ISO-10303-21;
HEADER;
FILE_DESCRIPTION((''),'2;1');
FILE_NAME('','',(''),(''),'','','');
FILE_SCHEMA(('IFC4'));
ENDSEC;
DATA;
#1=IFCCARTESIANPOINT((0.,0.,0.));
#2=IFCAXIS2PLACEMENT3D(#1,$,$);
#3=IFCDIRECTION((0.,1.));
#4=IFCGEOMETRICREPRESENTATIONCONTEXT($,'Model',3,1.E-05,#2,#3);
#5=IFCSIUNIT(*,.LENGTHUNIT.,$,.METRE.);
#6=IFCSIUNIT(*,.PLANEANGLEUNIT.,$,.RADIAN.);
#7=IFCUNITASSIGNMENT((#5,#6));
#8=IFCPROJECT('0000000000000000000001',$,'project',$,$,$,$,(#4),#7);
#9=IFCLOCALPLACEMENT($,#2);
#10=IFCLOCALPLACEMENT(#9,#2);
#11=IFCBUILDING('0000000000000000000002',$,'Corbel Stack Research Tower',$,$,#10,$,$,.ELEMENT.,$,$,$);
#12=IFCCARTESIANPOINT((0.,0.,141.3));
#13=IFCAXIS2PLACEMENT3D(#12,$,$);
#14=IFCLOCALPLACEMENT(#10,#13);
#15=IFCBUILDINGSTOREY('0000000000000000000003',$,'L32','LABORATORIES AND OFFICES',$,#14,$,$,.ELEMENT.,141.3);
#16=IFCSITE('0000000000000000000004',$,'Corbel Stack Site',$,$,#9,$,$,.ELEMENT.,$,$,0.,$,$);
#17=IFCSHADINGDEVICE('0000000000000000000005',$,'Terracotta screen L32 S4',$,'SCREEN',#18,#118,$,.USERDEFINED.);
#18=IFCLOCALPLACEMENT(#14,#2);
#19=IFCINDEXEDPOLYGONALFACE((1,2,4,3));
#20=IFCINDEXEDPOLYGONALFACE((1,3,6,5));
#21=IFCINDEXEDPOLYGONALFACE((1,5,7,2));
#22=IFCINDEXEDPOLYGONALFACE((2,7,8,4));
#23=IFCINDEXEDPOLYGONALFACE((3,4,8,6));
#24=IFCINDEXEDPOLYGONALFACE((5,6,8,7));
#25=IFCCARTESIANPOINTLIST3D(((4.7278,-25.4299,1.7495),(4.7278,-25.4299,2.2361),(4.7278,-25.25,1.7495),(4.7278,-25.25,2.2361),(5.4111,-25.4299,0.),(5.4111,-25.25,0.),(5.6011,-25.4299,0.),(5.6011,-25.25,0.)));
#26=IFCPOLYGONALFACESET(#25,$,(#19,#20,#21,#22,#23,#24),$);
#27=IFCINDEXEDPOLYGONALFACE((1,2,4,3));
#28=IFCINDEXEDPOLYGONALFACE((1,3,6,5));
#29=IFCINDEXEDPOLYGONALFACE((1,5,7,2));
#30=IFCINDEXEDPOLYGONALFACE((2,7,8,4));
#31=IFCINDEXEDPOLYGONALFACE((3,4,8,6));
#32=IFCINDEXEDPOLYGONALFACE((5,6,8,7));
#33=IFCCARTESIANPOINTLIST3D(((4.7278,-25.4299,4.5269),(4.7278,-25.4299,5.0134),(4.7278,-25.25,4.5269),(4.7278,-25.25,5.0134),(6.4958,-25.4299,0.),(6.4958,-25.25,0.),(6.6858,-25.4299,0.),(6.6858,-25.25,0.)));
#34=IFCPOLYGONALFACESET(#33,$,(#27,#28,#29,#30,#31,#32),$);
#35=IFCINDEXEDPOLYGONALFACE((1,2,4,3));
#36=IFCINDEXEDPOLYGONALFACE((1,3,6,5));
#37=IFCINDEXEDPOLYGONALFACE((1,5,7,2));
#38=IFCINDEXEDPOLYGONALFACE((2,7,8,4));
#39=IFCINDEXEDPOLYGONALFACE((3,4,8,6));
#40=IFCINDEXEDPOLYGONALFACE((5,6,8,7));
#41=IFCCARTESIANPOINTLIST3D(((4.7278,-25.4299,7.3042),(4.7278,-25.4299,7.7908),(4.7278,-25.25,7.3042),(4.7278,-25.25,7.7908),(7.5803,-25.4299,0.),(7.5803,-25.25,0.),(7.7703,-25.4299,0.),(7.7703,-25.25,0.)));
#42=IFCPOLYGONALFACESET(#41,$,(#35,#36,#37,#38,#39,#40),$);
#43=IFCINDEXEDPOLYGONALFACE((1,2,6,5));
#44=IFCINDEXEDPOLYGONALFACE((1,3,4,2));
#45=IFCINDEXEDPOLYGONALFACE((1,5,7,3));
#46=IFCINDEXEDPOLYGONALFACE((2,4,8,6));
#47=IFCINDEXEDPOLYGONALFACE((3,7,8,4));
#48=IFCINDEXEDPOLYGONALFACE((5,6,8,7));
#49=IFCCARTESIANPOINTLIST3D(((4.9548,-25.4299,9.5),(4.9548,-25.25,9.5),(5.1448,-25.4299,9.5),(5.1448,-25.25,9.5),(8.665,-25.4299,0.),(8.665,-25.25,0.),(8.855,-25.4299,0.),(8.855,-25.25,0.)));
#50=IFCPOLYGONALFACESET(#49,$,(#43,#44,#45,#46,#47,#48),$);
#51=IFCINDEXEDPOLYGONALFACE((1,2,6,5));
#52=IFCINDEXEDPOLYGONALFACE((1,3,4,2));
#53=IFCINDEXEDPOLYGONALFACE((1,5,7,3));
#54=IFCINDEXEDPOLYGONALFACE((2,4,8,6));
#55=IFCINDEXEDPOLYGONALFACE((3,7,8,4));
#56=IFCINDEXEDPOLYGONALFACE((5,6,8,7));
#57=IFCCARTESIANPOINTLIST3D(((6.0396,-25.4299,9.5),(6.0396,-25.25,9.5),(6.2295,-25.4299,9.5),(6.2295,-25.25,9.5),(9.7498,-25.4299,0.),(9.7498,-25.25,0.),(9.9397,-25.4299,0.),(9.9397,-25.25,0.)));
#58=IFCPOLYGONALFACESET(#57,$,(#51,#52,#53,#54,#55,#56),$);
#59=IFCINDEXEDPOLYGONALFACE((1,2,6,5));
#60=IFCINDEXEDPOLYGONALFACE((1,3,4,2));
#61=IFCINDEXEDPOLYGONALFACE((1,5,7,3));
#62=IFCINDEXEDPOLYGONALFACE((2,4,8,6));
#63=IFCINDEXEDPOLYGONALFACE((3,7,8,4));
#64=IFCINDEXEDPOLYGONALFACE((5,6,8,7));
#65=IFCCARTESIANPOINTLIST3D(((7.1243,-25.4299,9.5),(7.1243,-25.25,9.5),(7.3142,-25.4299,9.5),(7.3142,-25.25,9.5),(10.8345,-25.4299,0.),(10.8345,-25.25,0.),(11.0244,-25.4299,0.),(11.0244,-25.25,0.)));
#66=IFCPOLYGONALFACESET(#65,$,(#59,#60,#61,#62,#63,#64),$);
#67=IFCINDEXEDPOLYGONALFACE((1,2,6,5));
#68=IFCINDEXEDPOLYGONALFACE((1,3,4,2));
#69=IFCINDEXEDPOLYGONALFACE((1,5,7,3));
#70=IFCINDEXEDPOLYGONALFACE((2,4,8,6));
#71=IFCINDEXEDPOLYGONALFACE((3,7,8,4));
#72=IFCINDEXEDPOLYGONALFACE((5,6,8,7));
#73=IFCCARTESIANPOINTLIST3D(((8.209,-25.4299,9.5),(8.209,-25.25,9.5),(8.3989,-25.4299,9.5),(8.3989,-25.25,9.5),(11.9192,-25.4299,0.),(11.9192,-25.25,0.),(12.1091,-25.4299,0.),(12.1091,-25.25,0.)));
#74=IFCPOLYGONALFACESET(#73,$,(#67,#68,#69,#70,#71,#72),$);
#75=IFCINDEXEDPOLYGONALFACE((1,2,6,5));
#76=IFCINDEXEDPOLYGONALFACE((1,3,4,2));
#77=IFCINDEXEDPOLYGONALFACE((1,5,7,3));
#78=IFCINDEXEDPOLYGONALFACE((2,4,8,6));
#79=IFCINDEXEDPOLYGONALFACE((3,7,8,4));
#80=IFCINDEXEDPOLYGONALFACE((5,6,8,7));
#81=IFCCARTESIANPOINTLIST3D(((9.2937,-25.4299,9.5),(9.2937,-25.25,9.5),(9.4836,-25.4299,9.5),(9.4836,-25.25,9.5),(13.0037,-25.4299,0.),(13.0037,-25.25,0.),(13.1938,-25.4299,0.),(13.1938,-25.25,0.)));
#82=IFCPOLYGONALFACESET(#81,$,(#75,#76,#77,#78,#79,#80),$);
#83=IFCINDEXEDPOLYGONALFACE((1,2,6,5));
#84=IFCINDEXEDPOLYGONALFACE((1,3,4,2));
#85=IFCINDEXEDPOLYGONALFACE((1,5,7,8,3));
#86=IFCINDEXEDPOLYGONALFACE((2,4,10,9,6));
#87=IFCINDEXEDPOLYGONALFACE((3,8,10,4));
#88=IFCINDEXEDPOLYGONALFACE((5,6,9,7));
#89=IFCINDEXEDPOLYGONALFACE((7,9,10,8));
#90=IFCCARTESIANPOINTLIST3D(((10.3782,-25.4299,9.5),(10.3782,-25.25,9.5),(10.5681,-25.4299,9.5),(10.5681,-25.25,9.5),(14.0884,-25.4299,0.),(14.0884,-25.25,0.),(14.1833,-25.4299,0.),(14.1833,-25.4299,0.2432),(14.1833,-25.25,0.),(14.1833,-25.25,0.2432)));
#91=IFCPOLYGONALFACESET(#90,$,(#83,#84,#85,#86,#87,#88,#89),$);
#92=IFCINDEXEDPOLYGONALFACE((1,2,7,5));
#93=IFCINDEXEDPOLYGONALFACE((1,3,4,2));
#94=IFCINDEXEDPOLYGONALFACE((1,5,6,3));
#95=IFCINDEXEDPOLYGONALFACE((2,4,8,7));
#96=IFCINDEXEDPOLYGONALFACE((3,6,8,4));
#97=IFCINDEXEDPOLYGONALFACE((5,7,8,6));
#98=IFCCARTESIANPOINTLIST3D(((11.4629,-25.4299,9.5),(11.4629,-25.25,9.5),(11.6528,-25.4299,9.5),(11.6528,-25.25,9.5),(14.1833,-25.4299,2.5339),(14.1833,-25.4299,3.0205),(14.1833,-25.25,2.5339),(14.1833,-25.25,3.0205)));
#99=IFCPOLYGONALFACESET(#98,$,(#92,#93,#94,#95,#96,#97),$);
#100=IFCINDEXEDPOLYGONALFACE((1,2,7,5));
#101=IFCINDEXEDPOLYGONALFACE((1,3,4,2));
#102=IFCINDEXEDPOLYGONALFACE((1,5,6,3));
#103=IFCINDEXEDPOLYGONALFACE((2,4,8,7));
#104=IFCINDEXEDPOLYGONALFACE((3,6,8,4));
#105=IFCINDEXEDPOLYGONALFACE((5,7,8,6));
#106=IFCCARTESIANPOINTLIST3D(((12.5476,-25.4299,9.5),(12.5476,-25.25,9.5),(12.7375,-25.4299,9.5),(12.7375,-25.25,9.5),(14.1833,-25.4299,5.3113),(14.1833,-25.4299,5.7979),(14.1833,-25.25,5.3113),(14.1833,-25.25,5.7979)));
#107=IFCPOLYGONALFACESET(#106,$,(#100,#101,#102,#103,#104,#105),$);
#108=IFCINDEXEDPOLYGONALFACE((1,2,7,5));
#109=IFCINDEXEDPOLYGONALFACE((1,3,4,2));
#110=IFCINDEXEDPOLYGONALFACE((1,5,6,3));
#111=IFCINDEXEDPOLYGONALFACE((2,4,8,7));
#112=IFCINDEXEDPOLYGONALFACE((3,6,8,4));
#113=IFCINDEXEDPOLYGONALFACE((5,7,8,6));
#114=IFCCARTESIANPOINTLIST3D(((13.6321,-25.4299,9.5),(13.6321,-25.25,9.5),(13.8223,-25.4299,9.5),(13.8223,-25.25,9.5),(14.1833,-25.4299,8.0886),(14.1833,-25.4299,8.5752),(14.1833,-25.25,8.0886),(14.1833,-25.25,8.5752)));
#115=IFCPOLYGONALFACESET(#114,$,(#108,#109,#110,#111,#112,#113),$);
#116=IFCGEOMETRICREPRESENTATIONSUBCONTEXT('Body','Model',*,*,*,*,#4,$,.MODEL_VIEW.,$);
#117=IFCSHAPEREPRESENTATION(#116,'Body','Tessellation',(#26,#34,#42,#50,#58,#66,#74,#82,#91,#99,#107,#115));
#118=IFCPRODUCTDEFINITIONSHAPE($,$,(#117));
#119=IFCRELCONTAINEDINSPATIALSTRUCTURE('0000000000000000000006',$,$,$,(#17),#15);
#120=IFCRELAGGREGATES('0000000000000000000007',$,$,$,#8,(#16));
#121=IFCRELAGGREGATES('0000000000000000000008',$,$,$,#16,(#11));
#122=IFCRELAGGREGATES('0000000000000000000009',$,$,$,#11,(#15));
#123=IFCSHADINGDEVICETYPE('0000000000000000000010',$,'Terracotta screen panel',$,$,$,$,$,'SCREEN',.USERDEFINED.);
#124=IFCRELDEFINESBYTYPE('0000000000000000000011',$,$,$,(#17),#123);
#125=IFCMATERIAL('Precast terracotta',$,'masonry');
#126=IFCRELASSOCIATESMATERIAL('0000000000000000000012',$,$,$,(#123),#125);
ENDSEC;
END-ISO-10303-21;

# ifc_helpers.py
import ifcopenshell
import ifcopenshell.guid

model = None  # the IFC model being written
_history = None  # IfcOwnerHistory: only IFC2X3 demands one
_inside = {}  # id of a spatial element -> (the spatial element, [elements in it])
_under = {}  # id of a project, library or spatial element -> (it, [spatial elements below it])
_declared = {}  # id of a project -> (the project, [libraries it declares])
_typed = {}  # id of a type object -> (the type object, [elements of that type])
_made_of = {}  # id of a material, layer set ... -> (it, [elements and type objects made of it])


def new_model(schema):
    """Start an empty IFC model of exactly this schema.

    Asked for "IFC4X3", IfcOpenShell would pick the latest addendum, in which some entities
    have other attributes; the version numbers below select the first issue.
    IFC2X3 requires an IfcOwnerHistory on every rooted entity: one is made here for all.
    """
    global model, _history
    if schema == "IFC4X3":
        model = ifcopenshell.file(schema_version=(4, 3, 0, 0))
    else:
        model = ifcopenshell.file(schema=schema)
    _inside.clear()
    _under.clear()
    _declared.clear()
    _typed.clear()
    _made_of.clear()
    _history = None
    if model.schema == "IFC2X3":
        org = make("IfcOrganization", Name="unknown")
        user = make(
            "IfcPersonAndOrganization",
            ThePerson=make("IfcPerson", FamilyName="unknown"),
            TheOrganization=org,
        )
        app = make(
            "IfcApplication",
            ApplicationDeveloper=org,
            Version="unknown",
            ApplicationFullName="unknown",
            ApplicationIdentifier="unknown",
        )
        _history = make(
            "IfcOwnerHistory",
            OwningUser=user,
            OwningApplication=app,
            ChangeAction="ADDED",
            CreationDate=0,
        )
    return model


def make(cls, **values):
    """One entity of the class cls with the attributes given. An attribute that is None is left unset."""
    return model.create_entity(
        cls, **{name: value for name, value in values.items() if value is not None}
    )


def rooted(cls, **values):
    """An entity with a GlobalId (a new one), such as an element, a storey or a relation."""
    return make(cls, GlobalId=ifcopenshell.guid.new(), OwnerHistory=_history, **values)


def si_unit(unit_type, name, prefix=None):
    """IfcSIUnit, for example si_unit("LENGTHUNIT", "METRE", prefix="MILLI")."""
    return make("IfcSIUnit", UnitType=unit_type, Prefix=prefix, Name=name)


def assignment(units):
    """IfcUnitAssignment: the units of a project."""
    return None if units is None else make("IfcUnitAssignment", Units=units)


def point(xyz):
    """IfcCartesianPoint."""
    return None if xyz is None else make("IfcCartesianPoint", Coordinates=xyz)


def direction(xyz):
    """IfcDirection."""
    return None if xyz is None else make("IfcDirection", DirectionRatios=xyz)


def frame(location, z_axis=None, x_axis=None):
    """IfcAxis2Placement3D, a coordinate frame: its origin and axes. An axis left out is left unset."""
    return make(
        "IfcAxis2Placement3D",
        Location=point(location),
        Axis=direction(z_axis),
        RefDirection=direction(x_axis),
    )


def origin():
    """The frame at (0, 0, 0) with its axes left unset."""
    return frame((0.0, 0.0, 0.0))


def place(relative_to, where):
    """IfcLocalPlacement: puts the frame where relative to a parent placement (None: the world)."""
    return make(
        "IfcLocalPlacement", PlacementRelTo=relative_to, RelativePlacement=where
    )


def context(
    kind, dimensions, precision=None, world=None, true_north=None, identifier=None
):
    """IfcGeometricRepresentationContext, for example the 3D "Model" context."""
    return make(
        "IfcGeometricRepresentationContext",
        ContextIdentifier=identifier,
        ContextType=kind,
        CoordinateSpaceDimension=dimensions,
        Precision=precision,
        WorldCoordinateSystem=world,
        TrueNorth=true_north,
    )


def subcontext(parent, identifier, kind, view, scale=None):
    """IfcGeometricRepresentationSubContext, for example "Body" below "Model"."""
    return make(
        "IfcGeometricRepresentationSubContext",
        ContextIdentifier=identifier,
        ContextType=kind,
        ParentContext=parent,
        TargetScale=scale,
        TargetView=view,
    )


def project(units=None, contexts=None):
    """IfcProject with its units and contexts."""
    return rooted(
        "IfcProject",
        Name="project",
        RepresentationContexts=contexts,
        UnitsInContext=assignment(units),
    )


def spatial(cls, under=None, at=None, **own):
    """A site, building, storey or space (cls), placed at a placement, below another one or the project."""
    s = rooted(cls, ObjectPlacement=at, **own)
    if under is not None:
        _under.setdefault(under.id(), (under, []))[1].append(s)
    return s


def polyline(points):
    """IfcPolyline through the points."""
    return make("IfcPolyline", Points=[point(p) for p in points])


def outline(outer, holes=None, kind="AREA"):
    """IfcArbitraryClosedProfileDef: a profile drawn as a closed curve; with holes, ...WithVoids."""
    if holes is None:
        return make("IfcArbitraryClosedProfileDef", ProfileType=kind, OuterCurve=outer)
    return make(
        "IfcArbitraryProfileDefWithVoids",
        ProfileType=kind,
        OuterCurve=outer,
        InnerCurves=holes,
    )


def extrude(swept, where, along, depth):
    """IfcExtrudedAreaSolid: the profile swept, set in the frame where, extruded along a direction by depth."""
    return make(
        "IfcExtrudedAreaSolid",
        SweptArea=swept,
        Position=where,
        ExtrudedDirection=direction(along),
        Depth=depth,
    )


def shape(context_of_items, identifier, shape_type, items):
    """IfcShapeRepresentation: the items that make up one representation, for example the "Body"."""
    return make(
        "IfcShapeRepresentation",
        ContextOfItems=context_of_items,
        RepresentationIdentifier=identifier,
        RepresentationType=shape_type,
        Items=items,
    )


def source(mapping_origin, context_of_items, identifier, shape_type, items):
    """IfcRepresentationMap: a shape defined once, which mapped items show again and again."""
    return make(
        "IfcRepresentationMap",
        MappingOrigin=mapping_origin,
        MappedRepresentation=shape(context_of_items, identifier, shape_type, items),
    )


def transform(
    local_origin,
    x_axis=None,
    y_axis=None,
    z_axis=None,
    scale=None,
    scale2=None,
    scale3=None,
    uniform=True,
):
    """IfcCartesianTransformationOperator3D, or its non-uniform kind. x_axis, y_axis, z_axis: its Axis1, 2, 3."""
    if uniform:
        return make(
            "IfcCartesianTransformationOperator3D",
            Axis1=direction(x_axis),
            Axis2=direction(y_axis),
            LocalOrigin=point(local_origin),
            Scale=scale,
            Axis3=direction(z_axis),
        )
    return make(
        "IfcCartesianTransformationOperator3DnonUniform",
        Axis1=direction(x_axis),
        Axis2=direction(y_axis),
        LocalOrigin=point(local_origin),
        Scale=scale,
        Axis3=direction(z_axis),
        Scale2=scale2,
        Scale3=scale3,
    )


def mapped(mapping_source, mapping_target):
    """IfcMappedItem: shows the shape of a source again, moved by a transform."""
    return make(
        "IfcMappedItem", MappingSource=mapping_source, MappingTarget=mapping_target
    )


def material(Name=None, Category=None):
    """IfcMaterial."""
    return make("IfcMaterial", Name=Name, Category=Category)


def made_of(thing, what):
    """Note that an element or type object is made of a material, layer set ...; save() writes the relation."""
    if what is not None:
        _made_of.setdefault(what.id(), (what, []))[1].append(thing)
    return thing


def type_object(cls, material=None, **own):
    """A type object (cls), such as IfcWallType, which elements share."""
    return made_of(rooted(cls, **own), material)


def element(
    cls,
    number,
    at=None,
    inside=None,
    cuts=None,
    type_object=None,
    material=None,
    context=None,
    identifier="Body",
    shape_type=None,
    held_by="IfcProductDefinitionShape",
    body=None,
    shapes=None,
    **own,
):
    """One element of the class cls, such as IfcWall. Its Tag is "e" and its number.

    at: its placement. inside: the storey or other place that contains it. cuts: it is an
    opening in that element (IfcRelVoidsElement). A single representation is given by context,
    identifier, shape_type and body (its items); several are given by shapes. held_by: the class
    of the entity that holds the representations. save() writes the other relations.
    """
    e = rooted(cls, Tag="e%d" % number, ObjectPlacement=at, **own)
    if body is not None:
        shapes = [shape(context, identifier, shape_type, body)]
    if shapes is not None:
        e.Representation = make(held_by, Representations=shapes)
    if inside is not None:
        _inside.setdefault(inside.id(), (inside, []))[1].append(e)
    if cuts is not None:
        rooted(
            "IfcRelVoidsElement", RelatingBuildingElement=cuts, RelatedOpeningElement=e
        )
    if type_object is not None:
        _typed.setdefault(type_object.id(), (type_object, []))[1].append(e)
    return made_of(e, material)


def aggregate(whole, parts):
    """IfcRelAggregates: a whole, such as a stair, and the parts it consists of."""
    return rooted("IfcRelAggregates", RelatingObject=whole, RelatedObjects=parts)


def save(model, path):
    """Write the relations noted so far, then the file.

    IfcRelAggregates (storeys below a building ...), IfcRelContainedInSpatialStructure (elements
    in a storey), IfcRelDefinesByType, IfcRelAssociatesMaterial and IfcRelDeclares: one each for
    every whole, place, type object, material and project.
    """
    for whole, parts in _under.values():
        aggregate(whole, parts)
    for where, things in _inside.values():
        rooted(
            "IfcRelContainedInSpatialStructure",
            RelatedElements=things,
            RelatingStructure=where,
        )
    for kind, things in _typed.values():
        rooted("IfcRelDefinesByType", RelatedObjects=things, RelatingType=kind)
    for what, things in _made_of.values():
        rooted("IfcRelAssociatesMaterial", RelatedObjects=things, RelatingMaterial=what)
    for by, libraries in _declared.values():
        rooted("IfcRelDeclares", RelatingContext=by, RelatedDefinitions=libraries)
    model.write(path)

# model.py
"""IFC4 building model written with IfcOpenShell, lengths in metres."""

from ifc_helpers import new_model, si_unit, direction, frame, origin, place, context, subcontext, project, spatial, polyline, outline, extrude, source, transform, mapped, material, type_object, element, save


model = new_model("IFC4")

# Units and contexts
model_context = context("Model", 3, precision=1e-05, world=origin(), true_north=direction((0.0, 1.0)))
body_context = subcontext(model_context, "Body", "Model", "MODEL_VIEW")
ifc_project = project(units=[si_unit("LENGTHUNIT", "METRE"), si_unit("PLANEANGLEUNIT", "RADIAN")], contexts=[model_context])

# Site, building, storey
site_placement = place(None, origin())
site = spatial("IfcSite", under=ifc_project, at=site_placement, Name="Corbel Stack Site", CompositionType="ELEMENT", RefElevation=0.0)
building_placement = place(site_placement, origin())
building = spatial("IfcBuilding", under=site, at=building_placement, Name="Corbel Stack Research Tower", CompositionType="ELEMENT")
storey_placement = place(building_placement, frame((0.0, 0.0, 141.3)))
storey = spatial("IfcBuildingStorey", under=building, at=storey_placement, Name="L32", Description="LABORATORIES AND OFFICES", CompositionType="ELEMENT", Elevation=141.3)

# Shading device
ifc_material_1 = material(Name="Precast terracotta", Category="masonry")
shading_device_type = type_object("IfcShadingDeviceType", Name="Terracotta screen panel", ElementType="SCREEN", PredefinedType="USERDEFINED", material=ifc_material_1)
shared_shape = source(origin(), body_context, "Body", "SweptSolid", [
    extrude(outline(polyline([(0.8733, 0.0), (0.0, 2.2361), (0.0, 1.7495), (0.6833, 0.0), (0.8733, 0.0)])), frame((0.0, 0.0, 0.0), z_axis=(0.0, -1.0, 0.0), x_axis=(1.0, 0.0, 0.0)), (0.0, 0.0, 1.0), 0.1799),
    extrude(outline(polyline([(1.958, 0.0), (0.0, 5.0134), (0.0, 4.5269), (1.7681, 0.0), (1.958, 0.0)])), frame((0.0, 0.0, 0.0), z_axis=(0.0, -1.0, 0.0), x_axis=(1.0, 0.0, 0.0)), (0.0, 0.0, 1.0), 0.1799),
    extrude(outline(polyline([(3.0425, 0.0), (0.0, 7.7908), (0.0, 7.3042), (2.8525, 0.0), (3.0425, 0.0)])), frame((0.0, 0.0, 0.0), z_axis=(0.0, -1.0, 0.0), x_axis=(1.0, 0.0, 0.0)), (0.0, 0.0, 1.0), 0.1799),
    extrude(outline(polyline([(4.1272, 0.0), (0.417, 9.5), (0.2271, 9.5), (3.9373, 0.0), (4.1272, 0.0)])), frame((0.0, 0.0, 0.0), z_axis=(0.0, -1.0, 0.0), x_axis=(1.0, 0.0, 0.0)), (0.0, 0.0, 1.0), 0.1799),
    extrude(outline(polyline([(5.2119, 0.0), (1.5017, 9.5), (1.3118, 9.5), (5.022, 0.0), (5.2119, 0.0)])), frame((0.0, 0.0, 0.0), z_axis=(0.0, -1.0, 0.0), x_axis=(1.0, 0.0, 0.0)), (0.0, 0.0, 1.0), 0.1799),
    extrude(outline(polyline([(6.2966, 0.0), (2.5864, 9.5), (2.3965, 9.5), (6.1067, 0.0), (6.2966, 0.0)])), frame((0.0, 0.0, 0.0), z_axis=(0.0, -1.0, 0.0), x_axis=(1.0, 0.0, 0.0)), (0.0, 0.0, 1.0), 0.1799),
    extrude(outline(polyline([(7.3813, 0.0), (3.6711, 9.5), (3.4812, 9.5), (7.1914, 0.0), (7.3813, 0.0)])), frame((0.0, 0.0, 0.0), z_axis=(0.0, -1.0, 0.0), x_axis=(1.0, 0.0, 0.0)), (0.0, 0.0, 1.0), 0.1799),
    extrude(outline(polyline([(8.4661, 0.0), (4.7559, 9.5), (4.5659, 9.5), (8.2759, 0.0), (8.4661, 0.0)])), frame((0.0, 0.0, 0.0), z_axis=(0.0, -1.0, 0.0), x_axis=(1.0, 0.0, 0.0)), (0.0, 0.0, 1.0), 0.1799),
    extrude(outline(polyline([(9.4556, 0.0), (9.4556, 0.2432), (5.8403, 9.5), (5.6504, 9.5), (9.3606, 0.0), (9.4556, 0.0)])), frame((0.0, 0.0, 0.0), z_axis=(0.0, -1.0, 0.0), x_axis=(1.0, 0.0, 0.0)), (0.0, 0.0, 1.0), 0.1799),
    extrude(outline(polyline([(6.925, 9.5), (6.7351, 9.5), (9.4556, 2.5339), (9.4556, 3.0205), (6.925, 9.5)])), frame((0.0, 0.0, 0.0), z_axis=(0.0, -1.0, 0.0), x_axis=(1.0, 0.0, 0.0)), (0.0, 0.0, 1.0), 0.1799),
    extrude(outline(polyline([(8.0098, 9.5), (7.8198, 9.5), (9.4556, 5.3113), (9.4556, 5.7979), (8.0098, 9.5)])), frame((0.0, 0.0, 0.0), z_axis=(0.0, -1.0, 0.0), x_axis=(1.0, 0.0, 0.0)), (0.0, 0.0, 1.0), 0.1799),
    extrude(outline(polyline([(9.0945, 9.5), (8.9043, 9.5), (9.4556, 8.0886), (9.4556, 8.5752), (9.0945, 9.5)])), frame((0.0, 0.0, 0.0), z_axis=(0.0, -1.0, 0.0), x_axis=(1.0, 0.0, 0.0)), (0.0, 0.0, 1.0), 0.1799),
])
shading_device_placement = place(storey_placement, frame((4.7278, -25.25, 0.0), z_axis=(0.0, 0.0, 1.0), x_axis=(1.0, 0.0, 0.0)))
element("IfcShadingDevice", 1, at=shading_device_placement, inside=storey, type_object=shading_device_type, Name="Terracotta screen L32 S4", ObjectType="SCREEN", PredefinedType="USERDEFINED", context=body_context, shape_type="MappedRepresentation", body=[
    mapped(shared_shape, transform((0.0, 0.0, 0.0))),
])

save(model, "model.ifc")
